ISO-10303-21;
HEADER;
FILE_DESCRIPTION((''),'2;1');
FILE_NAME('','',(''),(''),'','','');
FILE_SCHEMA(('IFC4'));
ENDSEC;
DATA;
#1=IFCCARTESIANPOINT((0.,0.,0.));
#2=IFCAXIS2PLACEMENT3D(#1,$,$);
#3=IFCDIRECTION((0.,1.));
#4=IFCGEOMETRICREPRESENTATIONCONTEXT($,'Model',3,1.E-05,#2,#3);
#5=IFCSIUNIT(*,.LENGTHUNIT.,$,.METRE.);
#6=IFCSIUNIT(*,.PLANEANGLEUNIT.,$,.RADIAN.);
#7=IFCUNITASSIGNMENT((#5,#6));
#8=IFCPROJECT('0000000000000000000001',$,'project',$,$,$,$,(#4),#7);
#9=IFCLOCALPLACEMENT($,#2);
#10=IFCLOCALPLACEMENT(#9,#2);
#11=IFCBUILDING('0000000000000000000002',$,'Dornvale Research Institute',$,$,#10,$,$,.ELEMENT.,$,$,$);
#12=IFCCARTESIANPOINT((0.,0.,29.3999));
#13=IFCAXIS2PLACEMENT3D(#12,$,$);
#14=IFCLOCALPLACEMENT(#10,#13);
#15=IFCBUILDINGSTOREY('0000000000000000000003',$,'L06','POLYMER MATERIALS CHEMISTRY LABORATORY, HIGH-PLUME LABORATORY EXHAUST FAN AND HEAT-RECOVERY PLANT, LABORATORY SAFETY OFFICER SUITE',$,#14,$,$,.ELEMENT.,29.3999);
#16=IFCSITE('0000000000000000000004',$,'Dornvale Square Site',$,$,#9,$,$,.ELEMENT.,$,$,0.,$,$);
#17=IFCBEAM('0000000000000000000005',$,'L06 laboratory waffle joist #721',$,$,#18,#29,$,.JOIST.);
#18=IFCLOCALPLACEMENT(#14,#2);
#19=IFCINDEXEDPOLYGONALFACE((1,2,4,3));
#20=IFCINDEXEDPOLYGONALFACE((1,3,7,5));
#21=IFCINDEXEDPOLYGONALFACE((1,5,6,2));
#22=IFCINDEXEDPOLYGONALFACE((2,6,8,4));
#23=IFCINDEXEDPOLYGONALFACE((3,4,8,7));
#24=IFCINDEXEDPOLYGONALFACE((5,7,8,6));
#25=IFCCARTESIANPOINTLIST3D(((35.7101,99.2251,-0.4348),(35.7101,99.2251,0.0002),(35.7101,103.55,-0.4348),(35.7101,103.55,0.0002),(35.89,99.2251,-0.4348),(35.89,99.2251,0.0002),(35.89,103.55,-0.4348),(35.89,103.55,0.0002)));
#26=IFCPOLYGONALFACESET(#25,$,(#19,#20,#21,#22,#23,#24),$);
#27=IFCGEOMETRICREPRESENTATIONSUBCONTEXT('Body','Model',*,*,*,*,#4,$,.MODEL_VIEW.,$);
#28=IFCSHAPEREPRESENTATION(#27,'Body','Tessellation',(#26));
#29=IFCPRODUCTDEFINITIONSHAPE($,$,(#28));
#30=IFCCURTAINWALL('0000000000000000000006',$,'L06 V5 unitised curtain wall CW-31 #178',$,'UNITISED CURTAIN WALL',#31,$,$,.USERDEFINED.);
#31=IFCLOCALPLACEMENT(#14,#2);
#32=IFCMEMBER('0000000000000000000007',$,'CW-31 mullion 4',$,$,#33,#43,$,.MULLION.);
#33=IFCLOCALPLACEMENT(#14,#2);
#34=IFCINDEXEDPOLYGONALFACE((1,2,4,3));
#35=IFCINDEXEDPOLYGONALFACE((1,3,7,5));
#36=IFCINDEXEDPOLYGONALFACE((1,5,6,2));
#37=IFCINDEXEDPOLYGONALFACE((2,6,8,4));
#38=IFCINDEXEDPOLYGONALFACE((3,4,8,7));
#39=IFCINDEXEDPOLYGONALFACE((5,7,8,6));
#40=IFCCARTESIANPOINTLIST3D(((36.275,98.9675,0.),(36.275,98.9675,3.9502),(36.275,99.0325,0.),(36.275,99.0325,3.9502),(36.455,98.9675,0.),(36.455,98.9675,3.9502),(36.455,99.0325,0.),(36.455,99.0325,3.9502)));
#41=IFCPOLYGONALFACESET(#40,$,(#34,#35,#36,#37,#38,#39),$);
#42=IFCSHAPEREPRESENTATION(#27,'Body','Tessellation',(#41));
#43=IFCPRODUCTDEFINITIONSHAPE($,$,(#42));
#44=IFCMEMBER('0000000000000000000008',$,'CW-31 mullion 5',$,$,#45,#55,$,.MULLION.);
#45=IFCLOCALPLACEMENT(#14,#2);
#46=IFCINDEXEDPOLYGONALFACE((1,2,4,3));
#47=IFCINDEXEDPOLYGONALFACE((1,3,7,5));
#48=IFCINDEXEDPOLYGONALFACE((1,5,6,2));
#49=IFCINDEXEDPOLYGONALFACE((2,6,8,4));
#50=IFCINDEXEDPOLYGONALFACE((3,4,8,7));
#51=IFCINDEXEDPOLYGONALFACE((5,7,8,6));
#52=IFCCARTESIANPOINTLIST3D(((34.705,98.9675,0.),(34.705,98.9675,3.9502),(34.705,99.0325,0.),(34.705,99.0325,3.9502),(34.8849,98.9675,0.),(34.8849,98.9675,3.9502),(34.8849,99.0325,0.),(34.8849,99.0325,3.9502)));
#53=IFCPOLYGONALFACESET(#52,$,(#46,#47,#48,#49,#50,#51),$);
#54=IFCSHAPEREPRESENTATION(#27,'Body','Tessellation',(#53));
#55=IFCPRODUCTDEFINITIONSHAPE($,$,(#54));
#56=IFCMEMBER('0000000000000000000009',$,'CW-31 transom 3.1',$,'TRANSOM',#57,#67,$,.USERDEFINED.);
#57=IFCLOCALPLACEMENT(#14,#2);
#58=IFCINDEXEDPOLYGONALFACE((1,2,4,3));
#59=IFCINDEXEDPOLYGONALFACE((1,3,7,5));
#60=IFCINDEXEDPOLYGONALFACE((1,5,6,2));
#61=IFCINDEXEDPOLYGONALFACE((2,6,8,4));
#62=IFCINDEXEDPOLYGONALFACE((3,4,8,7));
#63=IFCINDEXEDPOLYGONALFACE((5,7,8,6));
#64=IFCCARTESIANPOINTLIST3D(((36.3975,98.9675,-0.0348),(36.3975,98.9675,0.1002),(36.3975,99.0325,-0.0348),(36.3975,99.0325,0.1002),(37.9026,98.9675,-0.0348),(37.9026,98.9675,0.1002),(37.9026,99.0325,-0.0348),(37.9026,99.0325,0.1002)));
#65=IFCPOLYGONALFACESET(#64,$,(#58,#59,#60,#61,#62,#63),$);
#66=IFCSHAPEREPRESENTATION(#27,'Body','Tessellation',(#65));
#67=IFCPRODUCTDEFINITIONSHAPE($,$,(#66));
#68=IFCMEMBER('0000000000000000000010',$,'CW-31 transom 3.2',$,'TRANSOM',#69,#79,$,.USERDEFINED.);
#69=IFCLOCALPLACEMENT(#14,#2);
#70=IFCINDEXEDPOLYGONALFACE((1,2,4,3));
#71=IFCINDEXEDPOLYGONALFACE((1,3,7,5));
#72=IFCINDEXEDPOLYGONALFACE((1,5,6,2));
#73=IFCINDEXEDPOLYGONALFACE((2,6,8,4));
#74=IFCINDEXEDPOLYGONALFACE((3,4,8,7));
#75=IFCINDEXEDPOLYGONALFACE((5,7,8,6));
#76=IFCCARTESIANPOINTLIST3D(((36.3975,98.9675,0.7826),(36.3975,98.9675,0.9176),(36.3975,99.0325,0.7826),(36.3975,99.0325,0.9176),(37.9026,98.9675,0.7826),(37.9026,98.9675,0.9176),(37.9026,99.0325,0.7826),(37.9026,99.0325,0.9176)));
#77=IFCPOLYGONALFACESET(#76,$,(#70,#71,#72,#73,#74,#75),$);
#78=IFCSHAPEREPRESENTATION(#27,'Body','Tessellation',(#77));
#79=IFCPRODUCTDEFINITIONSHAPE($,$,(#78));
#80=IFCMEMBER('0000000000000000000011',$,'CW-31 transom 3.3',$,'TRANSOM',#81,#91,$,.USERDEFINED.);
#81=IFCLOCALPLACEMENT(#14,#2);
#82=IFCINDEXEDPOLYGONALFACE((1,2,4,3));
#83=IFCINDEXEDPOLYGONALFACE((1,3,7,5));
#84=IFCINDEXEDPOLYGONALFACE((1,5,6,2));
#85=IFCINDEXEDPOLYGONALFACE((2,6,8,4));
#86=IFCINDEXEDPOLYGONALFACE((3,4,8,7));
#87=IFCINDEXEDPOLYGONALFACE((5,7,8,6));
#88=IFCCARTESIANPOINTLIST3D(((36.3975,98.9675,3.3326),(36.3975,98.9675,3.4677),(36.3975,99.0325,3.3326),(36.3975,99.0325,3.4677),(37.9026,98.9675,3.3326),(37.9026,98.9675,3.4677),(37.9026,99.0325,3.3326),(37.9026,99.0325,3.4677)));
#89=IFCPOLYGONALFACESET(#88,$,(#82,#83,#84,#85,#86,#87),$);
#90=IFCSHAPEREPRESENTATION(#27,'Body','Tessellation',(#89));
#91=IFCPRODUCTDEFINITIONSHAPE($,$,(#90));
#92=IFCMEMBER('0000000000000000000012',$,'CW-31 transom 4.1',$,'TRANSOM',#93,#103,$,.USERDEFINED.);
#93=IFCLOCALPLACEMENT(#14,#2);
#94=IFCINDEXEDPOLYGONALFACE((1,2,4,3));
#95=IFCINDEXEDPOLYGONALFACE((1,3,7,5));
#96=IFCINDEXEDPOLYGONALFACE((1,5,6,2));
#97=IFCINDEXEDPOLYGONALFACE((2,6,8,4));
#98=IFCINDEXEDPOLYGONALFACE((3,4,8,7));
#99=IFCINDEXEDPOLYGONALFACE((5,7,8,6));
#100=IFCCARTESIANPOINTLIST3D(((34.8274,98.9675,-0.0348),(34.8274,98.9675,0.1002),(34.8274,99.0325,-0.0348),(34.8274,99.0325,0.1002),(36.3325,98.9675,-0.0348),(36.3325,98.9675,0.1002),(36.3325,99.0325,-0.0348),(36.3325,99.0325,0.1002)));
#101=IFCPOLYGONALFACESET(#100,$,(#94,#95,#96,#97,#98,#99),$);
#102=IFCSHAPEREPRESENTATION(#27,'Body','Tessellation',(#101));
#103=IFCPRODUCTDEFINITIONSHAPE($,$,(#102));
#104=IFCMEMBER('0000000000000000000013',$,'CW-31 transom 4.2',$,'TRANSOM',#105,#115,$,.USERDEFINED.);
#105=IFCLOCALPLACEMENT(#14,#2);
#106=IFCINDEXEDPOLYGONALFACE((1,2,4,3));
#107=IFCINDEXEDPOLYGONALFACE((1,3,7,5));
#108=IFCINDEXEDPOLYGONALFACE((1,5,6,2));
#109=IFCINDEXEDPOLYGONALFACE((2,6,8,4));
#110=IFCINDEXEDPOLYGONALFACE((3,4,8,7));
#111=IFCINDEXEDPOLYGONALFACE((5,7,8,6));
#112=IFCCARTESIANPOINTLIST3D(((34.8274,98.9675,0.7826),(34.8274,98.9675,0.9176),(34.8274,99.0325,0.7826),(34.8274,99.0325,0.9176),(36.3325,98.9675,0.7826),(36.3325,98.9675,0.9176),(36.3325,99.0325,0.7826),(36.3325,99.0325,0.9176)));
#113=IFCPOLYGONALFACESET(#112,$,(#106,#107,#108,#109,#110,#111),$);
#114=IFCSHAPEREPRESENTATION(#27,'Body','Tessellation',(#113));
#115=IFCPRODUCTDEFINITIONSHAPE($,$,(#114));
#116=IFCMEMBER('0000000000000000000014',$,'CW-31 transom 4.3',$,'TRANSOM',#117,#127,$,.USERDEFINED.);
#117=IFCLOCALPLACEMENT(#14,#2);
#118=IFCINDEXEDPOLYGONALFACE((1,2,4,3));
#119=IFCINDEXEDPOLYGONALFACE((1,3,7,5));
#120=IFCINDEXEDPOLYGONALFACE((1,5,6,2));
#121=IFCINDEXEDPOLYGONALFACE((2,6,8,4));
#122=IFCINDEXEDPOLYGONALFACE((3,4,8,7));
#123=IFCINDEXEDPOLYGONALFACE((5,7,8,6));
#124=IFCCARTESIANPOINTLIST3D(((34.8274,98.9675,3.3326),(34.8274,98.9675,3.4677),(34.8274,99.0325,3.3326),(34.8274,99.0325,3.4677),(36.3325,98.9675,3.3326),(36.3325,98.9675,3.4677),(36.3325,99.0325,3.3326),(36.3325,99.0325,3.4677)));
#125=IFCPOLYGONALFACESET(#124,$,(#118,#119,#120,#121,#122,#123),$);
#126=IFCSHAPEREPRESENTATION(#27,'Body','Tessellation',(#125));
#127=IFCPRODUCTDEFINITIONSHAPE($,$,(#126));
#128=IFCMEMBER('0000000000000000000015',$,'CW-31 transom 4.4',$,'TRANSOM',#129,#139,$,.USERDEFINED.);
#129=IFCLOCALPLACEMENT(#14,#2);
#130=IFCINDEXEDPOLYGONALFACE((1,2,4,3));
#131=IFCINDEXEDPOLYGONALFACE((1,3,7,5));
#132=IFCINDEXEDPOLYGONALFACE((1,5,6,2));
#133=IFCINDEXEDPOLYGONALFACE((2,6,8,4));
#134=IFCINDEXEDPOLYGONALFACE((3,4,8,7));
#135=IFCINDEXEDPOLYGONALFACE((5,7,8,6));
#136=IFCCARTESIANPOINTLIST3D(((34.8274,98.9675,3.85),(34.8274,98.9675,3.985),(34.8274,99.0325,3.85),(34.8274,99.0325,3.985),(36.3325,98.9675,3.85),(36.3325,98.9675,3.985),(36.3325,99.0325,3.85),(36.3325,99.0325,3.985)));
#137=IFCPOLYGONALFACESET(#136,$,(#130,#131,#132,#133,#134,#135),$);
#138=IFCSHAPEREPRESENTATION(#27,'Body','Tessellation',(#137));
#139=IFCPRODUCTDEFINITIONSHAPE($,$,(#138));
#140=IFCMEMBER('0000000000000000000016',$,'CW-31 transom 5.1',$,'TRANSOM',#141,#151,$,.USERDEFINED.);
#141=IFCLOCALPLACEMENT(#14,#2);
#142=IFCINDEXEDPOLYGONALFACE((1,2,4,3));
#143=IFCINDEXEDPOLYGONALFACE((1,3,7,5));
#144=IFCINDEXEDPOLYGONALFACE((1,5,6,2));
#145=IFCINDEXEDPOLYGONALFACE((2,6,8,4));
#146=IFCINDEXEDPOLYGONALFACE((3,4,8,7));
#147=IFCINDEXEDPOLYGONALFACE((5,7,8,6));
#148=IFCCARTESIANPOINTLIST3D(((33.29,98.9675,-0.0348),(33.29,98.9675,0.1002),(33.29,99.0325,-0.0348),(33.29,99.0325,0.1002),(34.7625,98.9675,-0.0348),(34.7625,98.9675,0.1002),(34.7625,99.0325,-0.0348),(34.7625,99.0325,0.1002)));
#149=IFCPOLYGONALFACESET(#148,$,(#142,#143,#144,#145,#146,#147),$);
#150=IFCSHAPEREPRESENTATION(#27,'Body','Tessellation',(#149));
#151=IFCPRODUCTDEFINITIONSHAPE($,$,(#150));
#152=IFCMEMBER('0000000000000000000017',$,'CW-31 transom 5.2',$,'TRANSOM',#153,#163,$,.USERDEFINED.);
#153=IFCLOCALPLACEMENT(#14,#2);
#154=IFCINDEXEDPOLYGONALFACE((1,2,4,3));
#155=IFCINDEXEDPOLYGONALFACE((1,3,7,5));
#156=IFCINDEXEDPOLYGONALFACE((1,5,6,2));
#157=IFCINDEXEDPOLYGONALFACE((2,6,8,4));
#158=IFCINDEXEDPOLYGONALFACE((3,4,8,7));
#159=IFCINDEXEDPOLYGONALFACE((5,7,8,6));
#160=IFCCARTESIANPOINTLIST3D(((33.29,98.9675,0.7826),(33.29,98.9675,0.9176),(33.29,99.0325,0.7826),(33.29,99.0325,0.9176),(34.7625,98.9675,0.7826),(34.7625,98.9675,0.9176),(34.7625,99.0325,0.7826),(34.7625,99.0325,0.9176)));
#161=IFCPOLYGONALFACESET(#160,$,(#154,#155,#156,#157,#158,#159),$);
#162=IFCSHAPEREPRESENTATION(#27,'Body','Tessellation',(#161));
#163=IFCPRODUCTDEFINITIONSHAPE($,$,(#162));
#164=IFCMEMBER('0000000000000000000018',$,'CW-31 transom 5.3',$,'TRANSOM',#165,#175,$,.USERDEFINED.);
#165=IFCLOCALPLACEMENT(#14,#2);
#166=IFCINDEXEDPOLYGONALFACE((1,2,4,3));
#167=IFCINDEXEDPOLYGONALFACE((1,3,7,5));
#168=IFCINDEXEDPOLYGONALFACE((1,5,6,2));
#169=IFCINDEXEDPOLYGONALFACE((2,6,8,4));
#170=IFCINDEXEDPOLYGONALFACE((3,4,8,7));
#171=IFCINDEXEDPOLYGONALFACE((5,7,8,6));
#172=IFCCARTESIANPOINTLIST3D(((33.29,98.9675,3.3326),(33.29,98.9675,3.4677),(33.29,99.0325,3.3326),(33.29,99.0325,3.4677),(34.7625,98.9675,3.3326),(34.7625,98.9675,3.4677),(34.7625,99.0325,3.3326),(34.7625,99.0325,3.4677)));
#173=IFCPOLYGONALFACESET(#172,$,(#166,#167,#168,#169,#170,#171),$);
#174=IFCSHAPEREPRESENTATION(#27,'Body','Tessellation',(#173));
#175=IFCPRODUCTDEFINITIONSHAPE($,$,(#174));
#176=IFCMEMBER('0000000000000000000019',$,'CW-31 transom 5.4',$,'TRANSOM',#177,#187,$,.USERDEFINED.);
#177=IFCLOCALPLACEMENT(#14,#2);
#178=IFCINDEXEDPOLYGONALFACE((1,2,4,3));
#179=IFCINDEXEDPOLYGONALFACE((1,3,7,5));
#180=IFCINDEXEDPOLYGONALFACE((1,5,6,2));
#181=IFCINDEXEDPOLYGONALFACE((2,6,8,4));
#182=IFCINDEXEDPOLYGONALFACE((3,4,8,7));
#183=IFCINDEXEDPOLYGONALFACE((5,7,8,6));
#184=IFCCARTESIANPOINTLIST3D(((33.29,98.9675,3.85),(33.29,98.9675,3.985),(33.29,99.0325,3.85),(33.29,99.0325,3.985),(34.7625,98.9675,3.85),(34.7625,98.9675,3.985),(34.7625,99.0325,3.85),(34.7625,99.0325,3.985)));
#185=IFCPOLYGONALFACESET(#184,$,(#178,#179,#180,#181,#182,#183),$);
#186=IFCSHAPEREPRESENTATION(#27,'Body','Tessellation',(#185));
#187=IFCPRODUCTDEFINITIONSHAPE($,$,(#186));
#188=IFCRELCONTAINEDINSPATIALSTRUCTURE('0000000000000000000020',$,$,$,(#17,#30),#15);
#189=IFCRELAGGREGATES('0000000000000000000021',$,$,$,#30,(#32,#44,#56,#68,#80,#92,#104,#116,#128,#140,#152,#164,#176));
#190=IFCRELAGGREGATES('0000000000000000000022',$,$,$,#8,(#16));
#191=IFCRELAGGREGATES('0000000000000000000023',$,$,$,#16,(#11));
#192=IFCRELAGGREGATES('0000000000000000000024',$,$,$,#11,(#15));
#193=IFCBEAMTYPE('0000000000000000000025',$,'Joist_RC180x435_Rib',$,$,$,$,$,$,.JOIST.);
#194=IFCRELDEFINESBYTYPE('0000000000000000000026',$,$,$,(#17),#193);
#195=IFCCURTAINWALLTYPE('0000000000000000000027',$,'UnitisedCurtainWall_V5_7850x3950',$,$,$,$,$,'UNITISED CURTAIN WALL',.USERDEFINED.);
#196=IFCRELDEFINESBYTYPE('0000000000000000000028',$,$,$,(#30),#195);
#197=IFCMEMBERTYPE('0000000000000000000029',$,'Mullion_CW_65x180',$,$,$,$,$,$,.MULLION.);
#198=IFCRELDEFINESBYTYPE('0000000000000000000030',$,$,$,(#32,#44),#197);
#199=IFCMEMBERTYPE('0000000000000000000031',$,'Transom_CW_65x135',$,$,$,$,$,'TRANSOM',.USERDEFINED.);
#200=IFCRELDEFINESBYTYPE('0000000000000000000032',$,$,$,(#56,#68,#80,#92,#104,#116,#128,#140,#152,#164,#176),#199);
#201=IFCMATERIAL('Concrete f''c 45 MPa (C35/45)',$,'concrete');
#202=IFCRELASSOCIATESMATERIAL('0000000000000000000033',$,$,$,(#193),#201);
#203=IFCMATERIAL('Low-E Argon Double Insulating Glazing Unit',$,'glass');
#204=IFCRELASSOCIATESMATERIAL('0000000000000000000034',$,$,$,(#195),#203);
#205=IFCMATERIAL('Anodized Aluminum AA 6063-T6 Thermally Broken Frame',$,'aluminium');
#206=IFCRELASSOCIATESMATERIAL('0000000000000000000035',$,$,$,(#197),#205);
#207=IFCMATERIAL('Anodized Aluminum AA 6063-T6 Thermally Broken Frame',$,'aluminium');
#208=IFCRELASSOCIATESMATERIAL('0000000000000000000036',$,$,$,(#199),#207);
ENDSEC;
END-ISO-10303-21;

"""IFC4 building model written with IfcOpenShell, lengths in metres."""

from ifc_helpers import new_model, si_unit, direction, frame, origin, origin_2d, place, context, subcontext, project, spatial, rectangle, extrude, material, material_profile, profile_set, type_object, element, aggregate, save


model = new_model("IFC4")

# Units and contexts
model_context = context("Model", 3, precision=1e-05, world=origin(), true_north=direction((0.0, 1.0)))
body_context = subcontext(model_context, "Body", "Model", "MODEL_VIEW")
ifc_project = project(units=[si_unit("LENGTHUNIT", "METRE"), si_unit("PLANEANGLEUNIT", "RADIAN")], contexts=[model_context])

# Site, building, storey
site_placement = place(None, origin())
site = spatial("IfcSite", under=ifc_project, at=site_placement, Name="Dornvale Square Site", CompositionType="ELEMENT", RefElevation=0.0)
building_placement = place(site_placement, origin())
building = spatial("IfcBuilding", under=site, at=building_placement, Name="Dornvale Research Institute", CompositionType="ELEMENT")
storey_placement = place(building_placement, frame((0.0, 0.0, 29.3999)))
storey = spatial("IfcBuildingStorey", under=building, at=storey_placement, Name="L06", Description="POLYMER MATERIALS CHEMISTRY LABORATORY, HIGH-PLUME LABORATORY EXHAUST FAN AND HEAT-RECOVERY PLANT, LABORATORY SAFETY OFFICER SUITE", CompositionType="ELEMENT", Elevation=29.3999)

# Beam
ifc_material_1 = material(Name="Concrete f'c 45 MPa (C35/45)", Category="concrete")
ifc_material_profile_1 = material_profile(ifc_material_1, rectangle(XDim=0.1799, YDim=0.4351, at=origin_2d()), Name="RC 180x435")
ifc_profile_set_1 = profile_set([ifc_material_profile_1], Name="Concrete f'c 45 MPa (C35/45)")
beam_type = type_object("IfcBeamType", Name="Joist_RC180x435_Rib", PredefinedType="JOIST", material=ifc_profile_set_1)
beam_placement = place(storey_placement, frame((35.8, 99.2251, -0.2173), z_axis=(0.0, 1.0, 0.0), x_axis=(-1.0, 0.0, 0.0)))
element("IfcBeam", 1, at=beam_placement, inside=storey, type_object=beam_type, Name="L06 laboratory waffle joist #721", PredefinedType="JOIST", context=body_context, shape_type="SweptSolid", body=[
    extrude(rectangle(XDim=0.1799, YDim=0.4351, at=origin_2d()), origin(), (0.0, 0.0, 1.0), 4.325),
])

# Curtain wall, members
ifc_material_2 = material(Name="Low-E Argon Double Insulating Glazing Unit", Category="glass")
curtain_wall_type = type_object("IfcCurtainWallType", Name="UnitisedCurtainWall_V5_7850x3950", ElementType="UNITISED CURTAIN WALL", PredefinedType="USERDEFINED", material=ifc_material_2)
curtain_wall_placement = place(storey_placement, origin())
curtain_wall = element("IfcCurtainWall", 2, at=curtain_wall_placement, inside=storey, type_object=curtain_wall_type, Name="L06 V5 unitised curtain wall CW-31 #178", ObjectType="UNITISED CURTAIN WALL", PredefinedType="USERDEFINED")
ifc_material_3 = material(Name="Anodized Aluminum AA 6063-T6 Thermally Broken Frame", Category="aluminium")
ifc_material_profile_2 = material_profile(ifc_material_3, rectangle(XDim=0.0649, YDim=0.1799, at=origin_2d()), Name="ALU MULLION 65x180")
ifc_profile_set_2 = profile_set([ifc_material_profile_2], Name="Anodized Aluminum AA 6063-T6 Thermally Broken Frame")
member_type_1 = type_object("IfcMemberType", Name="Mullion_CW_65x180", PredefinedType="MULLION", material=ifc_profile_set_2)
member_1_placement = place(storey_placement, frame((36.365, 99.0, 0.0), z_axis=(0.0, 0.0, 1.0), x_axis=(0.0, -1.0, 0.0)))
member_1 = element("IfcMember", 3, at=member_1_placement, type_object=member_type_1, Name="CW-31 mullion 4", PredefinedType="MULLION", context=body_context, shape_type="SweptSolid", body=[
    extrude(rectangle(XDim=0.0649, YDim=0.1799, at=origin_2d()), origin(), (0.0, 0.0, 1.0), 3.9502),
])
member_2_placement = place(storey_placement, frame((34.7949, 99.0, 0.0), z_axis=(0.0, 0.0, 1.0), x_axis=(0.0, -1.0, 0.0)))
member_2 = element("IfcMember", 4, at=member_2_placement, type_object=member_type_1, Name="CW-31 mullion 5", PredefinedType="MULLION", context=body_context, shape_type="SweptSolid", body=[
    extrude(rectangle(XDim=0.0649, YDim=0.1799, at=origin_2d()), origin(), (0.0, 0.0, 1.0), 3.9502),
])
ifc_material_4 = material(Name="Anodized Aluminum AA 6063-T6 Thermally Broken Frame", Category="aluminium")
ifc_material_profile_3 = material_profile(ifc_material_4, rectangle(XDim=0.0649, YDim=0.135, at=origin_2d()), Name="ALU TRANSOM 65x135")
ifc_profile_set_3 = profile_set([ifc_material_profile_3], Name="Anodized Aluminum AA 6063-T6 Thermally Broken Frame")
member_type_2 = type_object("IfcMemberType", Name="Transom_CW_65x135", ElementType="TRANSOM", PredefinedType="USERDEFINED", material=ifc_profile_set_3)
member_3_placement = place(storey_placement, frame((37.9026, 99.0, 0.0327), z_axis=(-1.0, 0.0, 0.0), x_axis=(0.0, -1.0, 0.0)))
member_3 = element("IfcMember", 5, at=member_3_placement, type_object=member_type_2, Name="CW-31 transom 3.1", ObjectType="TRANSOM", PredefinedType="USERDEFINED", context=body_context, shape_type="SweptSolid", body=[
    extrude(rectangle(XDim=0.0649, YDim=0.135, at=origin_2d()), origin(), (0.0, 0.0, 1.0), 1.5051),
])
member_4_placement = place(storey_placement, frame((37.9026, 99.0, 0.8501), z_axis=(-1.0, 0.0, 0.0), x_axis=(0.0, -1.0, 0.0)))
member_4 = element("IfcMember", 6, at=member_4_placement, type_object=member_type_2, Name="CW-31 transom 3.2", ObjectType="TRANSOM", PredefinedType="USERDEFINED", context=body_context, shape_type="SweptSolid", body=[
    extrude(rectangle(XDim=0.0649, YDim=0.135, at=origin_2d()), origin(), (0.0, 0.0, 1.0), 1.5051),
])
member_5_placement = place(storey_placement, frame((37.9026, 99.0, 3.4001), z_axis=(-1.0, 0.0, 0.0), x_axis=(0.0, -1.0, 0.0)))
member_5 = element("IfcMember", 7, at=member_5_placement, type_object=member_type_2, Name="CW-31 transom 3.3", ObjectType="TRANSOM", PredefinedType="USERDEFINED", context=body_context, shape_type="SweptSolid", body=[
    extrude(rectangle(XDim=0.0649, YDim=0.135, at=origin_2d()), origin(), (0.0, 0.0, 1.0), 1.5051),
])
member_6_placement = place(storey_placement, frame((36.3325, 99.0, 0.0327), z_axis=(-1.0, 0.0, 0.0), x_axis=(0.0, -1.0, 0.0)))
member_6 = element("IfcMember", 8, at=member_6_placement, type_object=member_type_2, Name="CW-31 transom 4.1", ObjectType="TRANSOM", PredefinedType="USERDEFINED", context=body_context, shape_type="SweptSolid", body=[
    extrude(rectangle(XDim=0.0649, YDim=0.135, at=origin_2d()), origin(), (0.0, 0.0, 1.0), 1.5051),
])
member_7_placement = place(storey_placement, frame((36.3325, 99.0, 0.8501), z_axis=(-1.0, 0.0, 0.0), x_axis=(0.0, -1.0, 0.0)))
member_7 = element("IfcMember", 9, at=member_7_placement, type_object=member_type_2, Name="CW-31 transom 4.2", ObjectType="TRANSOM", PredefinedType="USERDEFINED", context=body_context, shape_type="SweptSolid", body=[
    extrude(rectangle(XDim=0.0649, YDim=0.135, at=origin_2d()), origin(), (0.0, 0.0, 1.0), 1.5051),
])
member_8_placement = place(storey_placement, frame((36.3325, 99.0, 3.4001), z_axis=(-1.0, 0.0, 0.0), x_axis=(0.0, -1.0, 0.0)))
member_8 = element("IfcMember", 10, at=member_8_placement, type_object=member_type_2, Name="CW-31 transom 4.3", ObjectType="TRANSOM", PredefinedType="USERDEFINED", context=body_context, shape_type="SweptSolid", body=[
    extrude(rectangle(XDim=0.0649, YDim=0.135, at=origin_2d()), origin(), (0.0, 0.0, 1.0), 1.5051),
])
member_9_placement = place(storey_placement, frame((36.3325, 99.0, 3.9175), z_axis=(-1.0, 0.0, 0.0), x_axis=(0.0, -1.0, 0.0)))
member_9 = element("IfcMember", 11, at=member_9_placement, type_object=member_type_2, Name="CW-31 transom 4.4", ObjectType="TRANSOM", PredefinedType="USERDEFINED", context=body_context, shape_type="SweptSolid", body=[
    extrude(rectangle(XDim=0.0649, YDim=0.135, at=origin_2d()), origin(), (0.0, 0.0, 1.0), 1.5051),
])
member_10_placement = place(storey_placement, frame((34.7625, 99.0, 0.0327), z_axis=(-1.0, 0.0, 0.0), x_axis=(0.0, -1.0, 0.0)))
member_10 = element("IfcMember", 12, at=member_10_placement, type_object=member_type_2, Name="CW-31 transom 5.1", ObjectType="TRANSOM", PredefinedType="USERDEFINED", context=body_context, shape_type="SweptSolid", body=[
    extrude(rectangle(XDim=0.0649, YDim=0.135, at=origin_2d()), origin(), (0.0, 0.0, 1.0), 1.4724),
])
member_11_placement = place(storey_placement, frame((34.7625, 99.0, 0.8501), z_axis=(-1.0, 0.0, 0.0), x_axis=(0.0, -1.0, 0.0)))
member_11 = element("IfcMember", 13, at=member_11_placement, type_object=member_type_2, Name="CW-31 transom 5.2", ObjectType="TRANSOM", PredefinedType="USERDEFINED", context=body_context, shape_type="SweptSolid", body=[
    extrude(rectangle(XDim=0.0649, YDim=0.135, at=origin_2d()), origin(), (0.0, 0.0, 1.0), 1.4724),
])
member_12_placement = place(storey_placement, frame((34.7625, 99.0, 3.4001), z_axis=(-1.0, 0.0, 0.0), x_axis=(0.0, -1.0, 0.0)))
member_12 = element("IfcMember", 14, at=member_12_placement, type_object=member_type_2, Name="CW-31 transom 5.3", ObjectType="TRANSOM", PredefinedType="USERDEFINED", context=body_context, shape_type="SweptSolid", body=[
    extrude(rectangle(XDim=0.0649, YDim=0.135, at=origin_2d()), origin(), (0.0, 0.0, 1.0), 1.4724),
])
member_13_placement = place(storey_placement, frame((34.7625, 99.0, 3.9175), z_axis=(-1.0, 0.0, 0.0), x_axis=(0.0, -1.0, 0.0)))
member_13 = element("IfcMember", 15, at=member_13_placement, type_object=member_type_2, Name="CW-31 transom 5.4", ObjectType="TRANSOM", PredefinedType="USERDEFINED", context=body_context, shape_type="SweptSolid", body=[
    extrude(rectangle(XDim=0.0649, YDim=0.135, at=origin_2d()), origin(), (0.0, 0.0, 1.0), 1.4724),
])
aggregate(curtain_wall, [member_1, member_2, member_3, member_4, member_5, member_6, member_7, member_8, member_9, member_10, member_11, member_12, member_13])

save(model, "model.ifc")
